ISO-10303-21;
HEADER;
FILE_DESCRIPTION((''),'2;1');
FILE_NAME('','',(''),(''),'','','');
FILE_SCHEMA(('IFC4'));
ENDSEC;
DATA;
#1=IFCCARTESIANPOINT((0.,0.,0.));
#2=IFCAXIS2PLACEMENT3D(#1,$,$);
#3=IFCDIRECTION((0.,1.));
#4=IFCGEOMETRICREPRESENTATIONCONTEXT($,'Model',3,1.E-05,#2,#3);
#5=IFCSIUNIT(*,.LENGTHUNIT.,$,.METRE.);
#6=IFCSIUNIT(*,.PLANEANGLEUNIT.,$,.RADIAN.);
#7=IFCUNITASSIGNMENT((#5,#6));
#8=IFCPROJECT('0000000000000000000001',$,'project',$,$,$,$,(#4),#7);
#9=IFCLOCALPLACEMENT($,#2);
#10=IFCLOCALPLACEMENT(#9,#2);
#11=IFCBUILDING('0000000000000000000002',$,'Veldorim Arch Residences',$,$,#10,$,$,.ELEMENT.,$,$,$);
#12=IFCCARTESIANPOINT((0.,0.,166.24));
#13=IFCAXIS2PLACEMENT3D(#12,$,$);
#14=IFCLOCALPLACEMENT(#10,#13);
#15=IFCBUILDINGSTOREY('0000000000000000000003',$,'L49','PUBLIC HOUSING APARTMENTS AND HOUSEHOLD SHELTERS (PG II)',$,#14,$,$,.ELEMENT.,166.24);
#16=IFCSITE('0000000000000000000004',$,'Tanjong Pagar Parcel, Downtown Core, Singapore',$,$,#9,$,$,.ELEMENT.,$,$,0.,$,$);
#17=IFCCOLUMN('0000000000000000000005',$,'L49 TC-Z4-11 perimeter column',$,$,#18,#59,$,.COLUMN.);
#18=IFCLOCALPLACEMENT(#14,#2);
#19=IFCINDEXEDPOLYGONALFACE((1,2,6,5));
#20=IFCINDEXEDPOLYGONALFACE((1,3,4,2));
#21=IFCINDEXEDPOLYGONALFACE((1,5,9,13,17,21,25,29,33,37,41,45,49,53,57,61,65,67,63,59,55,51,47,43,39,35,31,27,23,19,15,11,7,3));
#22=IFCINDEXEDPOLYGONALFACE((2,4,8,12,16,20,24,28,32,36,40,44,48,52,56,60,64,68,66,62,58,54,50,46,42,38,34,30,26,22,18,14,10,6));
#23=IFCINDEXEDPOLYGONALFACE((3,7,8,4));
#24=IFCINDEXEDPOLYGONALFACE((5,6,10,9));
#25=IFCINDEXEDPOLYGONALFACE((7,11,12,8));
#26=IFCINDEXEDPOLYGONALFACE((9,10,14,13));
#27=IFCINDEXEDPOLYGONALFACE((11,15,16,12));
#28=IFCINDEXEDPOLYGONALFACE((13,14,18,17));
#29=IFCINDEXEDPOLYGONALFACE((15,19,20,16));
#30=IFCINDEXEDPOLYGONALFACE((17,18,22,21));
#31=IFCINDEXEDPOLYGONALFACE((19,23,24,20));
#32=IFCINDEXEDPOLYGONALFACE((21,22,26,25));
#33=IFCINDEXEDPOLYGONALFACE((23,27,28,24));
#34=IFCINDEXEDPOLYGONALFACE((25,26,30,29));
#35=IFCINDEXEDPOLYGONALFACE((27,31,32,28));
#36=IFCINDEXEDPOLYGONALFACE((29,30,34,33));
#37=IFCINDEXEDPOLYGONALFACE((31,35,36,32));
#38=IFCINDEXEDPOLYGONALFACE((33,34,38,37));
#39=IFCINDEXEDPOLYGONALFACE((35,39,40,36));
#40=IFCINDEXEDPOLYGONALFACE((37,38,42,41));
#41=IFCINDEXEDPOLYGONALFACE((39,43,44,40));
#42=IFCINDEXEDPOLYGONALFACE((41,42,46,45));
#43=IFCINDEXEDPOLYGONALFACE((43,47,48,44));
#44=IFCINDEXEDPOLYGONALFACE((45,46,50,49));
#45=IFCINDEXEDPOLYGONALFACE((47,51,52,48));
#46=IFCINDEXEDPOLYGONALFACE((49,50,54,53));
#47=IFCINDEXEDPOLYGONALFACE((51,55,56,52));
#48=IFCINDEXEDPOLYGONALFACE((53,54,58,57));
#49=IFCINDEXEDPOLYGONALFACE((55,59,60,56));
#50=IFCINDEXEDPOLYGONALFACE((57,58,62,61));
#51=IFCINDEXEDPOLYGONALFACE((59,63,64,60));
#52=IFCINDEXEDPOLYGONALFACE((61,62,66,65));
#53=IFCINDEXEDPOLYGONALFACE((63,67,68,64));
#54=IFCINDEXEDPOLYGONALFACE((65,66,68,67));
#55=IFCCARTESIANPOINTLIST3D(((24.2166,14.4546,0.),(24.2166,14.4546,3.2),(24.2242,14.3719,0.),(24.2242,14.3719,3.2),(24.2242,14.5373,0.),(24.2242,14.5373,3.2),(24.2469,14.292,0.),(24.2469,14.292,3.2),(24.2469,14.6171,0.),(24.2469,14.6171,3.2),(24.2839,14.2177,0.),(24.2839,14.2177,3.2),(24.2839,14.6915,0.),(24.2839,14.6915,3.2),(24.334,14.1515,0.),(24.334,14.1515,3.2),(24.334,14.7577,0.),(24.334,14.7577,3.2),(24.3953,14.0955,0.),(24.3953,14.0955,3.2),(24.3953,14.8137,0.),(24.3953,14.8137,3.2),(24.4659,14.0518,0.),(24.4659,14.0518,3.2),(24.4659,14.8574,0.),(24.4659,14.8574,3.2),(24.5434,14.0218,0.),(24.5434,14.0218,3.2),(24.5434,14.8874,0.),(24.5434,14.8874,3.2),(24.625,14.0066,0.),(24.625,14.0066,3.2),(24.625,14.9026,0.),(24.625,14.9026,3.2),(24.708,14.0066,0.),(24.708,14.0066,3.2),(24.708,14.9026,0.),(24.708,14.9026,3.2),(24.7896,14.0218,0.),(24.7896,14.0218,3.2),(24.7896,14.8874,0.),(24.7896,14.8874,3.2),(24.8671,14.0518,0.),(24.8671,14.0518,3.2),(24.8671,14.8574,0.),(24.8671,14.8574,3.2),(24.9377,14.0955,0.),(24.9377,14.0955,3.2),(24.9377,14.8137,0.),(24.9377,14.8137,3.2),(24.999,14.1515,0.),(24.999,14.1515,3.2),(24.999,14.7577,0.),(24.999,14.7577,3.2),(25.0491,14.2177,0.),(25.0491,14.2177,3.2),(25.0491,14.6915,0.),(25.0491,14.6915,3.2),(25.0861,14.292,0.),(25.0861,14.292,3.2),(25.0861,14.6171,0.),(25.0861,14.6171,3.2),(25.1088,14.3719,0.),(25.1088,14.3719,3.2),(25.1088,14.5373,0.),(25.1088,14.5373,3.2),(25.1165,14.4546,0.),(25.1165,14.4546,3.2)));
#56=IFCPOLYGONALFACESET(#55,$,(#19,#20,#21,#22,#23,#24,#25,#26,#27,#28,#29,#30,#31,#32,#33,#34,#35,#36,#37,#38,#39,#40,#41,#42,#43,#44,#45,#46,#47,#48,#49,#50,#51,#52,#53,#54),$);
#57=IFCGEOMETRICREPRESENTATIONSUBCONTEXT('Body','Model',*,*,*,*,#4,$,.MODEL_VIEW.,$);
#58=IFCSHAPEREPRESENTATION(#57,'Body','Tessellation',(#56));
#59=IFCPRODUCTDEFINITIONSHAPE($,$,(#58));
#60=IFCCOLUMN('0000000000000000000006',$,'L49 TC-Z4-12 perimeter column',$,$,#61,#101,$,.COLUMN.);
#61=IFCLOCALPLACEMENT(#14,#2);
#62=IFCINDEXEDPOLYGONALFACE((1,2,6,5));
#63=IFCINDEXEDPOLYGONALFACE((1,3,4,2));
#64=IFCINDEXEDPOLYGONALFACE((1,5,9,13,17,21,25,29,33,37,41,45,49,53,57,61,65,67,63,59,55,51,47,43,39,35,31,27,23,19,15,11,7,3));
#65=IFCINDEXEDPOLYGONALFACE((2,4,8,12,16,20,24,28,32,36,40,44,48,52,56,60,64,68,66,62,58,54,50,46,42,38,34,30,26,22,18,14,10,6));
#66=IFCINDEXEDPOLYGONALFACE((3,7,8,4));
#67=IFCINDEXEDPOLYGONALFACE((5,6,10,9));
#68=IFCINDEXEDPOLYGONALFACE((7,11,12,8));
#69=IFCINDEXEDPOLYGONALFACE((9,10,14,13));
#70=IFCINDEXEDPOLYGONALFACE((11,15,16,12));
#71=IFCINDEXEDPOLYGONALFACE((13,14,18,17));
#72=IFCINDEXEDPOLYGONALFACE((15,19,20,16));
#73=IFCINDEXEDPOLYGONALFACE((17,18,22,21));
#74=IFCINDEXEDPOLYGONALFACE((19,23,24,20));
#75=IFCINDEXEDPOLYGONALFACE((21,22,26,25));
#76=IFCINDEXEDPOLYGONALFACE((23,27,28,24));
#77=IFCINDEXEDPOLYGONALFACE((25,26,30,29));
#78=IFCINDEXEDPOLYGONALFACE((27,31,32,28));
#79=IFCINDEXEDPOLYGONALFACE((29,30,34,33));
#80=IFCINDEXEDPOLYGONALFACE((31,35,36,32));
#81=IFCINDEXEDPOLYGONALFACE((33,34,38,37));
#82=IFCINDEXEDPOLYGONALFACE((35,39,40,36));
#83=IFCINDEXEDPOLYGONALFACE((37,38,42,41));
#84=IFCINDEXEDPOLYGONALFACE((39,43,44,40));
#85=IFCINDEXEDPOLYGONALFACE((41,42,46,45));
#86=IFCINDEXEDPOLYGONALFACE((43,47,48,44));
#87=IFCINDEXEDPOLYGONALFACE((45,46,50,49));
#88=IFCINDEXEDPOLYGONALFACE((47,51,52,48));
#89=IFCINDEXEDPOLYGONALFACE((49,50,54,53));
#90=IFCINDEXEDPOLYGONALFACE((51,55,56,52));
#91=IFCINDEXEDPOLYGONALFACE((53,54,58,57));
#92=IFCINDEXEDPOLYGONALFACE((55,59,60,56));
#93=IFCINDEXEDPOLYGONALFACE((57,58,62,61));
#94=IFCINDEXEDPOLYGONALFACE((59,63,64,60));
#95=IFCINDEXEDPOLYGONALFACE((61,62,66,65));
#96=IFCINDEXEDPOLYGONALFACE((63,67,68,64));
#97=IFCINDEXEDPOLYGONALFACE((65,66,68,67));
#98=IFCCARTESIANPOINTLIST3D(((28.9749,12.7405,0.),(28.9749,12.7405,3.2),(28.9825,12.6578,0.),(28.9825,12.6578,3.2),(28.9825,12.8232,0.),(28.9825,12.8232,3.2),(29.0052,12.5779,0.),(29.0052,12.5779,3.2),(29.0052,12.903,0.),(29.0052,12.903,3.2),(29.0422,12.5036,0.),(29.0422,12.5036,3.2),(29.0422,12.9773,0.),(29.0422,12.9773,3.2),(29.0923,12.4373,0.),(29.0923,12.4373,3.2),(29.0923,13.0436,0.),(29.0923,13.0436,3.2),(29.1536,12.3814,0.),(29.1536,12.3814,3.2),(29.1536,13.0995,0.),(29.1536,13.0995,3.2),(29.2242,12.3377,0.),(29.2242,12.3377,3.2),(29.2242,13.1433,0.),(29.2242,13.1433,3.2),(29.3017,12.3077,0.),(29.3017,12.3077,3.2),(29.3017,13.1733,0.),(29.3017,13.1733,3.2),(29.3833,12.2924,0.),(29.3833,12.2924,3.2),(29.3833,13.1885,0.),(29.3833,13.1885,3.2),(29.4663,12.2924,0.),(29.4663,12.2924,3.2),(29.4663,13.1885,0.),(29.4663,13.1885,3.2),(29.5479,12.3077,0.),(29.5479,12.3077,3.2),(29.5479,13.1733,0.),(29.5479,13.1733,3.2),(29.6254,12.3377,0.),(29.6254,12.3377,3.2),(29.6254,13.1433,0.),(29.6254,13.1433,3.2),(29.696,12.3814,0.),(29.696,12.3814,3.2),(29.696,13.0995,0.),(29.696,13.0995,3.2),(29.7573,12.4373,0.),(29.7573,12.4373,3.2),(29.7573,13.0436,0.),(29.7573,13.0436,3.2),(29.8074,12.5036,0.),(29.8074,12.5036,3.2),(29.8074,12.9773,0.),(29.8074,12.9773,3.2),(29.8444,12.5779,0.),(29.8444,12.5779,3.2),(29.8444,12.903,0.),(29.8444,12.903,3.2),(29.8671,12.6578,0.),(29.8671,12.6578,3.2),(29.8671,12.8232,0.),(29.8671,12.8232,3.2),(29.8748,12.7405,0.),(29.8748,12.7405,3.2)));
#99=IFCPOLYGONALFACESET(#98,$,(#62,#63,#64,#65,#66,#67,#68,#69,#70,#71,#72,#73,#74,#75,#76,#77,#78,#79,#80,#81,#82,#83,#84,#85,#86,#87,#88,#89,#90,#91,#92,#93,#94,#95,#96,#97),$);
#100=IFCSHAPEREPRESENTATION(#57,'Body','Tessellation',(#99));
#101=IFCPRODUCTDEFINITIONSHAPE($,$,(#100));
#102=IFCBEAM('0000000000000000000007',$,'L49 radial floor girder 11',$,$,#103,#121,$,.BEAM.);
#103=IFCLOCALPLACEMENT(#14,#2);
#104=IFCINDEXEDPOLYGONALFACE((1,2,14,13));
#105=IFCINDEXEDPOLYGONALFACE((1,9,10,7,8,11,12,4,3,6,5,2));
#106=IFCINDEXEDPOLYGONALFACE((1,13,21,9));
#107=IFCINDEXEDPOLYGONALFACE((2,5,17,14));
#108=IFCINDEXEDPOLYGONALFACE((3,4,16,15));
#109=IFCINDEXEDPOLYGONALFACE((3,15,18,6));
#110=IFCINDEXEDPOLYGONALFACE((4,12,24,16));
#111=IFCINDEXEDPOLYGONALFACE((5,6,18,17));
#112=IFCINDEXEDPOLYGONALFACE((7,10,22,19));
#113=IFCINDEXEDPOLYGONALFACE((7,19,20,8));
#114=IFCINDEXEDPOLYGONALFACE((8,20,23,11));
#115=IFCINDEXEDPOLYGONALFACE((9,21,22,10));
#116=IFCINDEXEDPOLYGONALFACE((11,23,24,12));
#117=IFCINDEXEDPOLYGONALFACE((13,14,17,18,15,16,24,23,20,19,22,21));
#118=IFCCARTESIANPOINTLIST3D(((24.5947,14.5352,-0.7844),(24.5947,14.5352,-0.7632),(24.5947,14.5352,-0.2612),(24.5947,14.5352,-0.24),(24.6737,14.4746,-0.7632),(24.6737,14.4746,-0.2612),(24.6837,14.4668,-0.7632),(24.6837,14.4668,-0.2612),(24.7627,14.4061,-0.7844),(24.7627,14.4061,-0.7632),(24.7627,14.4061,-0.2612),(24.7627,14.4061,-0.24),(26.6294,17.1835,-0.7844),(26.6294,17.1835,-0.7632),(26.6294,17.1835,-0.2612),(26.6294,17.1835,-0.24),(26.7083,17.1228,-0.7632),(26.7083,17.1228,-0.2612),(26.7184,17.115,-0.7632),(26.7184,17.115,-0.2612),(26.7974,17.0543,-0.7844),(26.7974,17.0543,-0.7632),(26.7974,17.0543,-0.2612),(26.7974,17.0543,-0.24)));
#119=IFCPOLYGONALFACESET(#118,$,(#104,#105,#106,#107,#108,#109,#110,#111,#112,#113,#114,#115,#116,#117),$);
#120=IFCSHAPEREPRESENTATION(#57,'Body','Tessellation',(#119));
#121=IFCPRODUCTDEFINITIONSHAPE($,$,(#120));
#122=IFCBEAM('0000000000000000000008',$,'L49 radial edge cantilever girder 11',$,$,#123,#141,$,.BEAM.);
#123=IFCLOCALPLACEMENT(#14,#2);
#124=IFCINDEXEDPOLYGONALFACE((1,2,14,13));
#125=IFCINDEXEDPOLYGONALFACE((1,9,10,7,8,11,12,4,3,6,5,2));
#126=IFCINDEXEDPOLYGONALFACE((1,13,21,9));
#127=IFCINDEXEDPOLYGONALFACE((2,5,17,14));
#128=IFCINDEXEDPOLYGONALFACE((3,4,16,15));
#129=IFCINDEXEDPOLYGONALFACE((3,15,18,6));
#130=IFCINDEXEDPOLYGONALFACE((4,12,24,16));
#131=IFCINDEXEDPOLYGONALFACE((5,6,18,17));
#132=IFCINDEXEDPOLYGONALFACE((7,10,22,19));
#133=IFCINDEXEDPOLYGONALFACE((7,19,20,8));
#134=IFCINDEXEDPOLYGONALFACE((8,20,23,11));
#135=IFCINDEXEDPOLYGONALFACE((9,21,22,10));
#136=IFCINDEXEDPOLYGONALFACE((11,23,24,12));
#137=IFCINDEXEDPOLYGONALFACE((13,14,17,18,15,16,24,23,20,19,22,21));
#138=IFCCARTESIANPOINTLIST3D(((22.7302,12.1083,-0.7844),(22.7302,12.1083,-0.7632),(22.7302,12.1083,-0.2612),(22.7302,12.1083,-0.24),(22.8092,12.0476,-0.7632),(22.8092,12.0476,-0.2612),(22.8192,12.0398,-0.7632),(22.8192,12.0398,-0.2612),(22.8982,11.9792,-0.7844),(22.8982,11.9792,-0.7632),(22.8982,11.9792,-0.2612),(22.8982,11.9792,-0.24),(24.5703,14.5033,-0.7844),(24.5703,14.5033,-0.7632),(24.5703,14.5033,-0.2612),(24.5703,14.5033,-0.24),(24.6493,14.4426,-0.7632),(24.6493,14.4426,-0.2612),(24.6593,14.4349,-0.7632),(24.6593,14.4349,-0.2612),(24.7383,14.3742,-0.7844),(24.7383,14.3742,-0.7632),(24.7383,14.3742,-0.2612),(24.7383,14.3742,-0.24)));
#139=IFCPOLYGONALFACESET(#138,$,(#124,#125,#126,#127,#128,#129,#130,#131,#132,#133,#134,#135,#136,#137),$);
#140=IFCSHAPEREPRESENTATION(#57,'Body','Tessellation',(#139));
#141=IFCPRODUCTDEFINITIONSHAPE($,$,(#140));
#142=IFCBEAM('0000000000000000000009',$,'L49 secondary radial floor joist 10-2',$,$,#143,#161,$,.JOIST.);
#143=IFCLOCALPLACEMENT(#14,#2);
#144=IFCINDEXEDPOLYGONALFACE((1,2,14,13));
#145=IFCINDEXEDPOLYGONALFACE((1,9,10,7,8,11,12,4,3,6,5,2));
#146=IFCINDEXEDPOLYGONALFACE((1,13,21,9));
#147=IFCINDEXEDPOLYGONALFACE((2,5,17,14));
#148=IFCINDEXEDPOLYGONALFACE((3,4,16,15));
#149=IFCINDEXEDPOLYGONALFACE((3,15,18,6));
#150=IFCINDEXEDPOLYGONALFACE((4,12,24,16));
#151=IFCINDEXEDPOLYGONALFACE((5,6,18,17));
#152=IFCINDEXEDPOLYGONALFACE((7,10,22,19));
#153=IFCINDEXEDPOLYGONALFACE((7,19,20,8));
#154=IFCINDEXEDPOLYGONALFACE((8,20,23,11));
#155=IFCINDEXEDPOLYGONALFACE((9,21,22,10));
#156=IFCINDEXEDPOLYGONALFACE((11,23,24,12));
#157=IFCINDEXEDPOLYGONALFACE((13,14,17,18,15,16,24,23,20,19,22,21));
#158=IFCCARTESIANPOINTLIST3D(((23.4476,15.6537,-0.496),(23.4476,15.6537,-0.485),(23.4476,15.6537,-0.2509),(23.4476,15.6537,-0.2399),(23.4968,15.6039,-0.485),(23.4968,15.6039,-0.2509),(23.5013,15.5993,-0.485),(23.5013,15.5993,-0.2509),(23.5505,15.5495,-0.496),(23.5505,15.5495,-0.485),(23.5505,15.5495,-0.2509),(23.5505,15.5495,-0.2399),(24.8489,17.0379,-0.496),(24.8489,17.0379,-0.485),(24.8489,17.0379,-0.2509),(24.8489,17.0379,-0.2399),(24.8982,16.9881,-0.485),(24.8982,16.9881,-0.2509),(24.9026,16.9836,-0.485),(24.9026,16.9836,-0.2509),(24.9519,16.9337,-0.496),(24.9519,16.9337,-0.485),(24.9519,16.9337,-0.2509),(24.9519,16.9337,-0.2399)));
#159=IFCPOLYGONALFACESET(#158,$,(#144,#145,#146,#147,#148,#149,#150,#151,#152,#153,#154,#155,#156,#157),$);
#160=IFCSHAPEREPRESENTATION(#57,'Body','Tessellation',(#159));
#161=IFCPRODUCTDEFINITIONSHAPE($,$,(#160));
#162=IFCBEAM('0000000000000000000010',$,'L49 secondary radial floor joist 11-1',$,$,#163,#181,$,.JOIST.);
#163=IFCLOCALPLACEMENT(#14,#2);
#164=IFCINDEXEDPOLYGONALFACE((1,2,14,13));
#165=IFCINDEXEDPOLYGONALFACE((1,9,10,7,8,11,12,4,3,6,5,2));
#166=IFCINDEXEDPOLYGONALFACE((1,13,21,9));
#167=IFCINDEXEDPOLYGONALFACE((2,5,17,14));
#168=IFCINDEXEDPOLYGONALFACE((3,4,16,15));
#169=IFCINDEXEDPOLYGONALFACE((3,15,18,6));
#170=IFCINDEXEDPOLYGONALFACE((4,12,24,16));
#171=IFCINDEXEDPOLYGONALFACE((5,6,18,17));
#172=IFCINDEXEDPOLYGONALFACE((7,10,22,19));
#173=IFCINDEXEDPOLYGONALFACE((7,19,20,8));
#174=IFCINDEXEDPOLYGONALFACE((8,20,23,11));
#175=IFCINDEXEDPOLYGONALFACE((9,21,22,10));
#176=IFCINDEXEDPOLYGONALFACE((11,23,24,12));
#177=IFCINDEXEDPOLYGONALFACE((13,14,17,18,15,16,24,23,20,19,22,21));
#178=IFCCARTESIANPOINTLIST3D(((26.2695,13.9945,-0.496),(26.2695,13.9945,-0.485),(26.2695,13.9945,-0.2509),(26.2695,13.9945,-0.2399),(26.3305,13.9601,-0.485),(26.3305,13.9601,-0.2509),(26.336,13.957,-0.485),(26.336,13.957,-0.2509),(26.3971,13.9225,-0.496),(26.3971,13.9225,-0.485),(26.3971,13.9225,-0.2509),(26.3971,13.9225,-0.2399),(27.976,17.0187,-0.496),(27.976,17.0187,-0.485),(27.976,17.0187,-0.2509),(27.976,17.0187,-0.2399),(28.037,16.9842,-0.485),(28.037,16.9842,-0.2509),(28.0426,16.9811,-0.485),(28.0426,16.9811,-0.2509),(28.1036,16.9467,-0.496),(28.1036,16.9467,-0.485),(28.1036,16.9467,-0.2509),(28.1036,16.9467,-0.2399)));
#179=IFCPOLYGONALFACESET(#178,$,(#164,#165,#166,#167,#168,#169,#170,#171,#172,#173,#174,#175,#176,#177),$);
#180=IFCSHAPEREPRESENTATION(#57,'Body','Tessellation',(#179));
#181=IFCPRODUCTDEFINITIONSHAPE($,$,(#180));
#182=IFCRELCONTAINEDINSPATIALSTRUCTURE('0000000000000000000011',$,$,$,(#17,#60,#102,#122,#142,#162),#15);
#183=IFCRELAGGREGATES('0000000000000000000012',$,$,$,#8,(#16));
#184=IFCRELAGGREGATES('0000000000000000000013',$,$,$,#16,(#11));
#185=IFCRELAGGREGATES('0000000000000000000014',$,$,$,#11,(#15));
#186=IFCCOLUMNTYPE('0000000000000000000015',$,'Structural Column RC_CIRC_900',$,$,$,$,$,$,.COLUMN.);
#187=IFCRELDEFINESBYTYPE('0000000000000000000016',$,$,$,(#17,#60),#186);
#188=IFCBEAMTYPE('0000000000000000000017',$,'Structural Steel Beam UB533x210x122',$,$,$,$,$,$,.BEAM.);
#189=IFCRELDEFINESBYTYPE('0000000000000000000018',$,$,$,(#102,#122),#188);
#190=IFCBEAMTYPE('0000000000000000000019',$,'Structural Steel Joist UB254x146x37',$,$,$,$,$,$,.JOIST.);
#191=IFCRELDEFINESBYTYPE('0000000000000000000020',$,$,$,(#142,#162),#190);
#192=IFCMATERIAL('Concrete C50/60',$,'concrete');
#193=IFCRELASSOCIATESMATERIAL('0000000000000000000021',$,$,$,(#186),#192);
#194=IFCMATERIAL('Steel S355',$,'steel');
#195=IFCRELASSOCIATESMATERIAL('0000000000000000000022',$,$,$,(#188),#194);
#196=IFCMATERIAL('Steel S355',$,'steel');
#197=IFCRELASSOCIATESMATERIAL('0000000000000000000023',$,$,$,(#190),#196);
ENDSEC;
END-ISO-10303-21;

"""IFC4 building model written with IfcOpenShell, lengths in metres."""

from ifc_helpers import new_model, si_unit, direction, frame, origin, origin_2d, place, context, subcontext, project, spatial, circle, i_section, extrude, material, material_profile, profile_set, type_object, element, save


model = new_model("IFC4")

# Units and contexts
model_context = context("Model", 3, precision=1e-05, world=origin(), true_north=direction((0.0, 1.0)))
body_context = subcontext(model_context, "Body", "Model", "MODEL_VIEW")
ifc_project = project(units=[si_unit("LENGTHUNIT", "METRE"), si_unit("PLANEANGLEUNIT", "RADIAN")], contexts=[model_context])

# Site, building, storey
site_placement = place(None, origin())
site = spatial("IfcSite", under=ifc_project, at=site_placement, Name="Tanjong Pagar Parcel, Downtown Core, Singapore", CompositionType="ELEMENT", RefElevation=0.0)
building_placement = place(site_placement, origin())
building = spatial("IfcBuilding", under=site, at=building_placement, Name="Veldorim Arch Residences", CompositionType="ELEMENT")
storey_placement = place(building_placement, frame((0.0, 0.0, 166.24)))
storey = spatial("IfcBuildingStorey", under=building, at=storey_placement, Name="L49", Description="PUBLIC HOUSING APARTMENTS AND HOUSEHOLD SHELTERS (PG II)", CompositionType="ELEMENT", Elevation=166.24)

# Columns
ifc_material_1 = material(Name="Concrete C50/60", Category="concrete")
ifc_material_profile_1 = material_profile(ifc_material_1, circle(Radius=0.45, at=origin_2d()), Name="RC_CIRC_900")
ifc_profile_set_1 = profile_set([ifc_material_profile_1], Name="Concrete C50/60")
column_type = type_object("IfcColumnType", Name="Structural Column RC_CIRC_900", PredefinedType="COLUMN", material=ifc_profile_set_1)
for number, where, z_axis, x_axis, name in (
    (1, (24.6665, 14.4546, 0.0), (0.0, 0.0, 1.0), (1.0, 0.0, 0.0), "L49 TC-Z4-11 perimeter column"),
    (2, (29.4248, 12.7405, 0.0), (0.0, 0.0, 1.0), (1.0, 0.0, 0.0), "L49 TC-Z4-12 perimeter column"),
):
    element("IfcColumn", number, at=place(storey_placement, frame(where, z_axis=z_axis, x_axis=x_axis)), inside=storey, type_object=column_type, Name=name, PredefinedType="COLUMN", context=body_context, shape_type="SweptSolid", body=[
        extrude(circle(Radius=0.45, at=origin_2d()), origin(), (0.0, 0.0, 1.0), 3.2),
    ])

# Beams
ifc_material_2 = material(Name="Steel S355", Category="steel")
ifc_material_profile_2 = material_profile(ifc_material_2, i_section(OverallWidth=0.2119, OverallDepth=0.5444, WebThickness=0.0127, FlangeThickness=0.0212, at=origin_2d()), Name="UB533x210x122")
ifc_profile_set_2 = profile_set([ifc_material_profile_2], Name="Steel S355")
beam_type_1 = type_object("IfcBeamType", Name="Structural Steel Beam UB533x210x122", PredefinedType="BEAM", material=ifc_profile_set_2)
beam_1_placement = place(storey_placement, frame((26.7134, 17.1189, -0.5122), z_axis=(-0.609258, -0.792972, 0.0), x_axis=(0.792972, -0.609258, 0.0)))
element("IfcBeam", 3, at=beam_1_placement, inside=storey, type_object=beam_type_1, Name="L49 radial floor girder 11", PredefinedType="BEAM", context=body_context, shape_type="SweptSolid", body=[
    extrude(i_section(OverallWidth=0.2119, OverallDepth=0.5444, WebThickness=0.0127, FlangeThickness=0.0212, at=origin_2d()), origin(), (0.0, 0.0, 1.0), 3.3396),
])
beam_2_placement = place(storey_placement, frame((24.6543, 14.4387, -0.5122), z_axis=(-0.609246, -0.792981, 0.0), x_axis=(0.792981, -0.609246, 0.0)))
element("IfcBeam", 4, at=beam_2_placement, inside=storey, type_object=beam_type_1, Name="L49 radial edge cantilever girder 11", PredefinedType="BEAM", context=body_context, shape_type="SweptSolid", body=[
    extrude(i_section(OverallWidth=0.2119, OverallDepth=0.5444, WebThickness=0.0127, FlangeThickness=0.0212, at=origin_2d()), origin(), (0.0, 0.0, 1.0), 3.0203),
])
ifc_material_3 = material(Name="Steel S355", Category="steel")
ifc_material_profile_3 = material_profile(ifc_material_3, i_section(OverallWidth=0.1465, OverallDepth=0.2561, WebThickness=0.0063, FlangeThickness=0.011, at=origin_2d()), Name="UB254x146x37")
ifc_profile_set_3 = profile_set([ifc_material_profile_3], Name="Steel S355")
beam_type_2 = type_object("IfcBeamType", Name="Structural Steel Joist UB254x146x37", PredefinedType="JOIST", material=ifc_profile_set_3)
beam_3_placement = place(storey_placement, frame((24.9004, 16.9858, -0.3679), z_axis=(-0.711431, -0.702755, 0.0), x_axis=(0.702755, -0.711431, 0.0)))
element("IfcBeam", 5, at=beam_3_placement, inside=storey, type_object=beam_type_2, Name="L49 secondary radial floor joist 10-2", PredefinedType="JOIST", context=body_context, shape_type="SweptSolid", body=[
    extrude(i_section(OverallWidth=0.1465, OverallDepth=0.2561, WebThickness=0.0063, FlangeThickness=0.011, at=origin_2d()), origin(), (0.0, 0.0, 1.0), 1.9697),
])
beam_4_placement = place(storey_placement, frame((28.0398, 16.9827, -0.3679), z_axis=(-0.491452, -0.870904, 0.0), x_axis=(0.870904, -0.491452, 0.0)))
element("IfcBeam", 6, at=beam_4_placement, inside=storey, type_object=beam_type_2, Name="L49 secondary radial floor joist 11-1", PredefinedType="JOIST", context=body_context, shape_type="SweptSolid", body=[
    extrude(i_section(OverallWidth=0.1465, OverallDepth=0.2561, WebThickness=0.0063, FlangeThickness=0.011, at=origin_2d()), origin(), (0.0, 0.0, 1.0), 3.4724),
])

save(model, "model.ifc")
